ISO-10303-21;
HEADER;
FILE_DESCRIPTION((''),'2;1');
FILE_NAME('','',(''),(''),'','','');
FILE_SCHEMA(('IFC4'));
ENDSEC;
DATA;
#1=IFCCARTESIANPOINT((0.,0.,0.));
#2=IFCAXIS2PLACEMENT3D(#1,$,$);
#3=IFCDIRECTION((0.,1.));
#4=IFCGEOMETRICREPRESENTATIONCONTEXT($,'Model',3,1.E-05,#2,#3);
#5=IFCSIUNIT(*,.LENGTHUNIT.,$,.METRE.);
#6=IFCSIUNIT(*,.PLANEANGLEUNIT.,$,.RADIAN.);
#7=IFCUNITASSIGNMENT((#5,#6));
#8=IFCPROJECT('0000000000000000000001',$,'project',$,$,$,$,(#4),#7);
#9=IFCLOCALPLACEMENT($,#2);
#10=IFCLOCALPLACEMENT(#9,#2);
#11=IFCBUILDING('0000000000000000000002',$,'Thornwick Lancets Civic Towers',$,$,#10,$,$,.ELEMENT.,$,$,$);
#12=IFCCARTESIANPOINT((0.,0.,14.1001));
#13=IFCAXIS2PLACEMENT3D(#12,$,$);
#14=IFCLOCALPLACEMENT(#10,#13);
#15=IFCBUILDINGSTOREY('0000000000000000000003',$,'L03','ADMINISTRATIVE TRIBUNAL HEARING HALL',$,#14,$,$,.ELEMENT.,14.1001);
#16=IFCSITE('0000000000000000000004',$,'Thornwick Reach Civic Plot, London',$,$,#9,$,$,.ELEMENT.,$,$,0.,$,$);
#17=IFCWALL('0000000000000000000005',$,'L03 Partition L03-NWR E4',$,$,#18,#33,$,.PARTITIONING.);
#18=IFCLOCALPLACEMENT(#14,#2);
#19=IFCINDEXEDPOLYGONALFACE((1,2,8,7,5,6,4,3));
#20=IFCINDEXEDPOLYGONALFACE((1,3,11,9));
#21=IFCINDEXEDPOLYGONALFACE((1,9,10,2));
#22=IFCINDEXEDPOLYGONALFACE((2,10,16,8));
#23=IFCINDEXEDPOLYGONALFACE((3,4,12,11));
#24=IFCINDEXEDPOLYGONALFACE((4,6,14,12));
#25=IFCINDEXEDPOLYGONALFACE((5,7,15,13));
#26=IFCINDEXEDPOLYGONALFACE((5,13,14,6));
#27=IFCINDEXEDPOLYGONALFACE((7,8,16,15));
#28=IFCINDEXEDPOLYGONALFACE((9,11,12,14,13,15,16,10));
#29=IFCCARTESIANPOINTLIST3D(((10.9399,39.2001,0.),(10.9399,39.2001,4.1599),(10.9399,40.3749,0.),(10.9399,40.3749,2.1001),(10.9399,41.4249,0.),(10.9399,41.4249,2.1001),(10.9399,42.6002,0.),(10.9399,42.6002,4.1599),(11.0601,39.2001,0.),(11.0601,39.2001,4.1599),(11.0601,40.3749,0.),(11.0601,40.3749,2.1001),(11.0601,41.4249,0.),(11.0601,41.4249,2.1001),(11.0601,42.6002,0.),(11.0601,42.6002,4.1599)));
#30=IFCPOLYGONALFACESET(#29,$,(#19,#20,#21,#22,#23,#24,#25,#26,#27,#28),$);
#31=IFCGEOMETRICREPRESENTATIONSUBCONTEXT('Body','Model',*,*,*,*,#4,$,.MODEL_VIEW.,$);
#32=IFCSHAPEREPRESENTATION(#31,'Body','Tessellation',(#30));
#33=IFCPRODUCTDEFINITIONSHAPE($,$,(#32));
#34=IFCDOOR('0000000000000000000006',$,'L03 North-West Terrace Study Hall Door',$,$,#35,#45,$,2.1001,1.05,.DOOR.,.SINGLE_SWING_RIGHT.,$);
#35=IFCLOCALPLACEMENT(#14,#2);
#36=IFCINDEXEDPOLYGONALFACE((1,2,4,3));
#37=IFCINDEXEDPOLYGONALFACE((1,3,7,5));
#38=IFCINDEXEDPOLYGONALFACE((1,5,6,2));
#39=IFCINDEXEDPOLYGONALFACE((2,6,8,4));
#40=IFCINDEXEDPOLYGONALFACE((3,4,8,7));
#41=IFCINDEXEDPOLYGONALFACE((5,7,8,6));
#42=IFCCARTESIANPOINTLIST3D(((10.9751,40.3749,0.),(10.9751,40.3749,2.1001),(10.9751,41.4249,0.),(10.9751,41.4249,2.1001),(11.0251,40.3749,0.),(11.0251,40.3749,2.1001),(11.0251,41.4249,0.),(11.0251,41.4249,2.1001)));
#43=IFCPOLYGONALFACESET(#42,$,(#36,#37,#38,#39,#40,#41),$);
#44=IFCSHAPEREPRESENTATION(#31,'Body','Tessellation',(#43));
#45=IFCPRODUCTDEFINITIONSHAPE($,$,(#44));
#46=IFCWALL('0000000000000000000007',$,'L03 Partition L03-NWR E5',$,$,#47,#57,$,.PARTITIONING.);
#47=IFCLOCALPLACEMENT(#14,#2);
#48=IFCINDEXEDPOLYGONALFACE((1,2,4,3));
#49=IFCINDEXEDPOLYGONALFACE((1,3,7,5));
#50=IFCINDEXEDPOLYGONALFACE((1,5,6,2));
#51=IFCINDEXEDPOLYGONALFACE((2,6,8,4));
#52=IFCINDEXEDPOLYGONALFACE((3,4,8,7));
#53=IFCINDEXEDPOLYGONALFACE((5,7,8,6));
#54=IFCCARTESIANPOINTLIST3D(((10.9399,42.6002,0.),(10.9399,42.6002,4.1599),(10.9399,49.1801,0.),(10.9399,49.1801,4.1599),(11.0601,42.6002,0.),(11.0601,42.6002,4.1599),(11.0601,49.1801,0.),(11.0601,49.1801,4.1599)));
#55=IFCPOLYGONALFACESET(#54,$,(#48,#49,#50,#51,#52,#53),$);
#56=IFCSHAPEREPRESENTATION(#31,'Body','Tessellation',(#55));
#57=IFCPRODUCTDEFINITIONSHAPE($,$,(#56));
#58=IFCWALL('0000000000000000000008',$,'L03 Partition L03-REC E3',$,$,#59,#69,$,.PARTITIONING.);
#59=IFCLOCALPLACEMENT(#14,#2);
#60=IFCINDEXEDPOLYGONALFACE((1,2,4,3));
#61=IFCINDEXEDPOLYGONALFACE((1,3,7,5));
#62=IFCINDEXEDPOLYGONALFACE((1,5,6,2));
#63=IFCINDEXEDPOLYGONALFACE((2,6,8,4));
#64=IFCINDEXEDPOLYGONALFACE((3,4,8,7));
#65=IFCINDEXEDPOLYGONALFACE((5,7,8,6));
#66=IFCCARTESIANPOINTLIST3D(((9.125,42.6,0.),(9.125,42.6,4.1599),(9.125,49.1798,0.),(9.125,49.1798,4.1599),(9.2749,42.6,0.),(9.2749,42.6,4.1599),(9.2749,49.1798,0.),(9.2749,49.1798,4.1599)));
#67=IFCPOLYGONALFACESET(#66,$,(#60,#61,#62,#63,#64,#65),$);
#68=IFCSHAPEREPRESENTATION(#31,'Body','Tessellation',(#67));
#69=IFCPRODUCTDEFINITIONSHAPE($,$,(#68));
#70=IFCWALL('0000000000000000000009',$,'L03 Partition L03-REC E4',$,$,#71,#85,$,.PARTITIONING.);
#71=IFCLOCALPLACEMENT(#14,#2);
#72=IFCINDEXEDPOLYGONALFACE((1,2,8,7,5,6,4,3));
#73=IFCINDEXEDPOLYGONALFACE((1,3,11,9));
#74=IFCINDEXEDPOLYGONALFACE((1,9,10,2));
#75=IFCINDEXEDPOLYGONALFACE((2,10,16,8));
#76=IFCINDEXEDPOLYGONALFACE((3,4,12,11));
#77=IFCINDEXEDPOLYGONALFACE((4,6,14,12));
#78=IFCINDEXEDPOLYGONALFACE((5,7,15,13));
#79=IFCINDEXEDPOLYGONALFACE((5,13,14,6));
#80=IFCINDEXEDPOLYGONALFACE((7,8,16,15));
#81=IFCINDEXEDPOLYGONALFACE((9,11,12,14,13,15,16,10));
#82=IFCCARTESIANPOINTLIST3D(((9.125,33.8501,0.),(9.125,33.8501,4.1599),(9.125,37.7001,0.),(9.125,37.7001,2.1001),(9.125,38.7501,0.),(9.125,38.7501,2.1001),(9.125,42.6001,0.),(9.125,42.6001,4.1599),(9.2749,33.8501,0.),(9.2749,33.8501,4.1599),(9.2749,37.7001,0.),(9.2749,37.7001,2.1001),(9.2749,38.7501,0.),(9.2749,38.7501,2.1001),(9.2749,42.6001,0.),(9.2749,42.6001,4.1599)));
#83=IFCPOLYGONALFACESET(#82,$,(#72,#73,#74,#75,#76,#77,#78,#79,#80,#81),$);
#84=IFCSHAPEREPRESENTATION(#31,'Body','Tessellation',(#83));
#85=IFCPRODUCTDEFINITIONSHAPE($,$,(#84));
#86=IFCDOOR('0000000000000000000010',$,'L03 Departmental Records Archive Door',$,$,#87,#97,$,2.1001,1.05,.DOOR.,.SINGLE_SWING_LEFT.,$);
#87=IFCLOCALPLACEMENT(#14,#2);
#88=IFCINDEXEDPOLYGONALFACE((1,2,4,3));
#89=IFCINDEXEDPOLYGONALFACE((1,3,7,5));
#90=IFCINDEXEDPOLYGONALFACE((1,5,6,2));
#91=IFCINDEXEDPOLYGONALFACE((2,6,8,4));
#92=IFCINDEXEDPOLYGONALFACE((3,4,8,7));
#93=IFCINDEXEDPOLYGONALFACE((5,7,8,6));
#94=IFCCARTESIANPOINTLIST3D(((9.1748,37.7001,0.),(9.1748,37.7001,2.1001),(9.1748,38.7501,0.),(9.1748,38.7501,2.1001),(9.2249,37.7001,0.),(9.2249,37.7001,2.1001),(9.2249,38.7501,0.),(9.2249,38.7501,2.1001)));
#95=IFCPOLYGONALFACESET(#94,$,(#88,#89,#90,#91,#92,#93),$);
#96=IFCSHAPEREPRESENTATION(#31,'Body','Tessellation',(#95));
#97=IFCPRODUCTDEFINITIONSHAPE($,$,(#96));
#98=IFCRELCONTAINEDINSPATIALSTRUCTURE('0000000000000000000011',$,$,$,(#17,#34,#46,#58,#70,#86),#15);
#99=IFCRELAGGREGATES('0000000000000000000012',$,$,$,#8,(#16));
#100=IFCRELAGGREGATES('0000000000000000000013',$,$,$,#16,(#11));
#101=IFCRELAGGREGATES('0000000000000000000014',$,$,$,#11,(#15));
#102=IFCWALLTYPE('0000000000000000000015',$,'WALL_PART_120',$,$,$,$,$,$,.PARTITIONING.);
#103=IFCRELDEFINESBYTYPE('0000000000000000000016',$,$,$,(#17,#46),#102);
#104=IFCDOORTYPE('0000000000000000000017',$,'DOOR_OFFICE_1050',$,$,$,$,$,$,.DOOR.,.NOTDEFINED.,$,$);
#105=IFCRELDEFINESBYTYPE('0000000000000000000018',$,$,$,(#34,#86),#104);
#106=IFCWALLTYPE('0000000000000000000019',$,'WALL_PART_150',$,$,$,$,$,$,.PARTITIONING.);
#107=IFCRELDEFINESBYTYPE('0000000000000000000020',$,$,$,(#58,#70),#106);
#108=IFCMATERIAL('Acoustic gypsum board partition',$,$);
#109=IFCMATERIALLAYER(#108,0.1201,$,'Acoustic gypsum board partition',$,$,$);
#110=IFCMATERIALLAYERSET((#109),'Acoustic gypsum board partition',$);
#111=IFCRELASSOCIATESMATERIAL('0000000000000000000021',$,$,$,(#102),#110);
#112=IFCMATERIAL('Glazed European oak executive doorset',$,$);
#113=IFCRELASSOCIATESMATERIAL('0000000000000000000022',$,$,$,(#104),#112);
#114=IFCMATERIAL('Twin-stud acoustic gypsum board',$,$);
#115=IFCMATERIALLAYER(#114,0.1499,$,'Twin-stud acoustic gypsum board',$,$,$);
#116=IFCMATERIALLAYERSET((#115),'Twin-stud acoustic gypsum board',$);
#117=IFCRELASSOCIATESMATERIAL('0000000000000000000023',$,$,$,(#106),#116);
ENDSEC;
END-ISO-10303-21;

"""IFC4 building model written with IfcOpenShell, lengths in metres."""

from ifc_helpers import new_model, si_unit, direction, frame, frame_2d, origin, place, context, subcontext, project, spatial, rectangle, extrude, material, layer, layer_set, type_object, element, fill, save


model = new_model("IFC4")

# Units and contexts
model_context = context("Model", 3, precision=1e-05, world=origin(), true_north=direction((0.0, 1.0)))
body_context = subcontext(model_context, "Body", "Model", "MODEL_VIEW")
ifc_project = project(units=[si_unit("LENGTHUNIT", "METRE"), si_unit("PLANEANGLEUNIT", "RADIAN")], contexts=[model_context])

# Site, building, storey
site_placement = place(None, origin())
site = spatial("IfcSite", under=ifc_project, at=site_placement, Name="Thornwick Reach Civic Plot, London", CompositionType="ELEMENT", RefElevation=0.0)
building_placement = place(site_placement, origin())
building = spatial("IfcBuilding", under=site, at=building_placement, Name="Thornwick Lancets Civic Towers", CompositionType="ELEMENT")
storey_placement = place(building_placement, frame((0.0, 0.0, 14.1001)))
storey = spatial("IfcBuildingStorey", under=building, at=storey_placement, Name="L03", Description="ADMINISTRATIVE TRIBUNAL HEARING HALL", CompositionType="ELEMENT", Elevation=14.1001)

# Shared definitions
ifc_material_1 = material(Name="Acoustic gypsum board partition")
ifc_layer_1 = layer(ifc_material_1, 0.1201, Name="Acoustic gypsum board partition")
ifc_layer_set_1 = layer_set([ifc_layer_1], Name="Acoustic gypsum board partition")
wall_type_1 = type_object("IfcWallType", Name="WALL_PART_120", PredefinedType="PARTITIONING", material=ifc_layer_set_1)

# Wall, opening, door
wall_1_placement = place(storey_placement, frame((11.0, 39.2, 0.0), z_axis=(0.0, 0.0, 1.0), x_axis=(0.0, 1.0, 0.0)))
wall_1 = element("IfcWall", 1, at=wall_1_placement, inside=storey, type_object=wall_type_1, Name="L03 Partition L03-NWR E4", PredefinedType="PARTITIONING", context=body_context, shape_type="SweptSolid", body=[
    extrude(rectangle(XDim=3.4001, YDim=0.1201, at=frame_2d((1.7002, 0.0))), origin(), (0.0, 0.0, 1.0), 4.1599),
])
opening_1_placement = place(wall_1_placement, frame((1.175, 0.0, 0.0)))
opening_1 = element("IfcOpeningElement", 2, at=opening_1_placement, cuts=wall_1, PredefinedType="OPENING", context=body_context, shape_type="SweptSolid", body=[
    extrude(rectangle(XDim=1.05, YDim=2.1001, at=frame_2d((0.5249, 1.05))), frame((0.0, 0.0701, 0.0), z_axis=(0.0, -1.0, 0.0), x_axis=(1.0, 0.0, 0.0)), (0.0, 0.0, 1.0), 0.1401),
])
ifc_material_2 = material(Name="Glazed European oak executive doorset")
door_type_1 = type_object("IfcDoorType", Name="DOOR_OFFICE_1050", OperationType="NOTDEFINED", PredefinedType="DOOR", material=ifc_material_2)
door_1_placement = place(opening_1_placement, origin())
door_1 = element("IfcDoor", 3, at=door_1_placement, inside=storey, type_object=door_type_1, Name="L03 North-West Terrace Study Hall Door", OperationType="SINGLE_SWING_RIGHT", OverallHeight=2.1001, OverallWidth=1.05, PredefinedType="DOOR", context=body_context, shape_type="SweptSolid", body=[
    extrude(rectangle(XDim=1.05, YDim=2.1001, at=frame_2d((0.5249, 1.05))), frame((0.0, 0.0249, 0.0), z_axis=(0.0, -1.0, 0.0), x_axis=(1.0, 0.0, 0.0)), (0.0, 0.0, 1.0), 0.05),
])
fill(opening_1, door_1)

# Walls
wall_2_placement = place(storey_placement, frame((11.0, 42.6001, 0.0), z_axis=(0.0, 0.0, 1.0), x_axis=(0.0, 1.0, 0.0)))
element("IfcWall", 4, at=wall_2_placement, inside=storey, type_object=wall_type_1, Name="L03 Partition L03-NWR E5", PredefinedType="PARTITIONING", context=body_context, shape_type="SweptSolid", body=[
    extrude(rectangle(XDim=6.5798, YDim=0.1201, at=frame_2d((3.29, 0.0))), origin(), (0.0, 0.0, 1.0), 4.1599),
])
ifc_material_3 = material(Name="Twin-stud acoustic gypsum board")
ifc_layer_2 = layer(ifc_material_3, 0.1499, Name="Twin-stud acoustic gypsum board")
ifc_layer_set_2 = layer_set([ifc_layer_2], Name="Twin-stud acoustic gypsum board")
wall_type_2 = type_object("IfcWallType", Name="WALL_PART_150", PredefinedType="PARTITIONING", material=ifc_layer_set_2)
wall_3_placement = place(storey_placement, frame((9.2, 49.1799, 0.0), z_axis=(0.0, 0.0, 1.0), x_axis=(0.0, -1.0, 0.0)))
element("IfcWall", 5, at=wall_3_placement, inside=storey, type_object=wall_type_2, Name="L03 Partition L03-REC E3", PredefinedType="PARTITIONING", context=body_context, shape_type="SweptSolid", body=[
    extrude(rectangle(XDim=6.5798, YDim=0.1499, at=frame_2d((3.29, 0.0))), origin(), (0.0, 0.0, 1.0), 4.1599),
])

# Wall, opening, door
wall_4_placement = place(storey_placement, frame((9.2, 42.6001, 0.0), z_axis=(0.0, 0.0, 1.0), x_axis=(0.0, -1.0, 0.0)))
wall_4 = element("IfcWall", 6, at=wall_4_placement, inside=storey, type_object=wall_type_2, Name="L03 Partition L03-REC E4", PredefinedType="PARTITIONING", context=body_context, shape_type="SweptSolid", body=[
    extrude(rectangle(XDim=8.75, YDim=0.1499, at=frame_2d((4.375, 0.0))), origin(), (0.0, 0.0, 1.0), 4.1599),
])
opening_2_placement = place(wall_4_placement, frame((3.8501, 0.0, 0.0)))
opening_2 = element("IfcOpeningElement", 7, at=opening_2_placement, cuts=wall_4, PredefinedType="OPENING", context=body_context, shape_type="SweptSolid", body=[
    extrude(rectangle(XDim=1.05, YDim=2.1001, at=frame_2d((0.5249, 1.05))), frame((0.0, 0.085, 0.0), z_axis=(0.0, -1.0, 0.0), x_axis=(1.0, 0.0, 0.0)), (0.0, 0.0, 1.0), 0.1699),
])
door_2_placement = place(opening_2_placement, origin())
door_2 = element("IfcDoor", 8, at=door_2_placement, inside=storey, type_object=door_type_1, Name="L03 Departmental Records Archive Door", OperationType="SINGLE_SWING_LEFT", OverallHeight=2.1001, OverallWidth=1.05, PredefinedType="DOOR", context=body_context, shape_type="SweptSolid", body=[
    extrude(rectangle(XDim=1.05, YDim=2.1001, at=frame_2d((0.5249, 1.05))), frame((0.0, 0.0249, 0.0), z_axis=(0.0, -1.0, 0.0), x_axis=(1.0, 0.0, 0.0)), (0.0, 0.0, 1.0), 0.05),
])
fill(opening_2, door_2)

save(model, "model.ifc")
